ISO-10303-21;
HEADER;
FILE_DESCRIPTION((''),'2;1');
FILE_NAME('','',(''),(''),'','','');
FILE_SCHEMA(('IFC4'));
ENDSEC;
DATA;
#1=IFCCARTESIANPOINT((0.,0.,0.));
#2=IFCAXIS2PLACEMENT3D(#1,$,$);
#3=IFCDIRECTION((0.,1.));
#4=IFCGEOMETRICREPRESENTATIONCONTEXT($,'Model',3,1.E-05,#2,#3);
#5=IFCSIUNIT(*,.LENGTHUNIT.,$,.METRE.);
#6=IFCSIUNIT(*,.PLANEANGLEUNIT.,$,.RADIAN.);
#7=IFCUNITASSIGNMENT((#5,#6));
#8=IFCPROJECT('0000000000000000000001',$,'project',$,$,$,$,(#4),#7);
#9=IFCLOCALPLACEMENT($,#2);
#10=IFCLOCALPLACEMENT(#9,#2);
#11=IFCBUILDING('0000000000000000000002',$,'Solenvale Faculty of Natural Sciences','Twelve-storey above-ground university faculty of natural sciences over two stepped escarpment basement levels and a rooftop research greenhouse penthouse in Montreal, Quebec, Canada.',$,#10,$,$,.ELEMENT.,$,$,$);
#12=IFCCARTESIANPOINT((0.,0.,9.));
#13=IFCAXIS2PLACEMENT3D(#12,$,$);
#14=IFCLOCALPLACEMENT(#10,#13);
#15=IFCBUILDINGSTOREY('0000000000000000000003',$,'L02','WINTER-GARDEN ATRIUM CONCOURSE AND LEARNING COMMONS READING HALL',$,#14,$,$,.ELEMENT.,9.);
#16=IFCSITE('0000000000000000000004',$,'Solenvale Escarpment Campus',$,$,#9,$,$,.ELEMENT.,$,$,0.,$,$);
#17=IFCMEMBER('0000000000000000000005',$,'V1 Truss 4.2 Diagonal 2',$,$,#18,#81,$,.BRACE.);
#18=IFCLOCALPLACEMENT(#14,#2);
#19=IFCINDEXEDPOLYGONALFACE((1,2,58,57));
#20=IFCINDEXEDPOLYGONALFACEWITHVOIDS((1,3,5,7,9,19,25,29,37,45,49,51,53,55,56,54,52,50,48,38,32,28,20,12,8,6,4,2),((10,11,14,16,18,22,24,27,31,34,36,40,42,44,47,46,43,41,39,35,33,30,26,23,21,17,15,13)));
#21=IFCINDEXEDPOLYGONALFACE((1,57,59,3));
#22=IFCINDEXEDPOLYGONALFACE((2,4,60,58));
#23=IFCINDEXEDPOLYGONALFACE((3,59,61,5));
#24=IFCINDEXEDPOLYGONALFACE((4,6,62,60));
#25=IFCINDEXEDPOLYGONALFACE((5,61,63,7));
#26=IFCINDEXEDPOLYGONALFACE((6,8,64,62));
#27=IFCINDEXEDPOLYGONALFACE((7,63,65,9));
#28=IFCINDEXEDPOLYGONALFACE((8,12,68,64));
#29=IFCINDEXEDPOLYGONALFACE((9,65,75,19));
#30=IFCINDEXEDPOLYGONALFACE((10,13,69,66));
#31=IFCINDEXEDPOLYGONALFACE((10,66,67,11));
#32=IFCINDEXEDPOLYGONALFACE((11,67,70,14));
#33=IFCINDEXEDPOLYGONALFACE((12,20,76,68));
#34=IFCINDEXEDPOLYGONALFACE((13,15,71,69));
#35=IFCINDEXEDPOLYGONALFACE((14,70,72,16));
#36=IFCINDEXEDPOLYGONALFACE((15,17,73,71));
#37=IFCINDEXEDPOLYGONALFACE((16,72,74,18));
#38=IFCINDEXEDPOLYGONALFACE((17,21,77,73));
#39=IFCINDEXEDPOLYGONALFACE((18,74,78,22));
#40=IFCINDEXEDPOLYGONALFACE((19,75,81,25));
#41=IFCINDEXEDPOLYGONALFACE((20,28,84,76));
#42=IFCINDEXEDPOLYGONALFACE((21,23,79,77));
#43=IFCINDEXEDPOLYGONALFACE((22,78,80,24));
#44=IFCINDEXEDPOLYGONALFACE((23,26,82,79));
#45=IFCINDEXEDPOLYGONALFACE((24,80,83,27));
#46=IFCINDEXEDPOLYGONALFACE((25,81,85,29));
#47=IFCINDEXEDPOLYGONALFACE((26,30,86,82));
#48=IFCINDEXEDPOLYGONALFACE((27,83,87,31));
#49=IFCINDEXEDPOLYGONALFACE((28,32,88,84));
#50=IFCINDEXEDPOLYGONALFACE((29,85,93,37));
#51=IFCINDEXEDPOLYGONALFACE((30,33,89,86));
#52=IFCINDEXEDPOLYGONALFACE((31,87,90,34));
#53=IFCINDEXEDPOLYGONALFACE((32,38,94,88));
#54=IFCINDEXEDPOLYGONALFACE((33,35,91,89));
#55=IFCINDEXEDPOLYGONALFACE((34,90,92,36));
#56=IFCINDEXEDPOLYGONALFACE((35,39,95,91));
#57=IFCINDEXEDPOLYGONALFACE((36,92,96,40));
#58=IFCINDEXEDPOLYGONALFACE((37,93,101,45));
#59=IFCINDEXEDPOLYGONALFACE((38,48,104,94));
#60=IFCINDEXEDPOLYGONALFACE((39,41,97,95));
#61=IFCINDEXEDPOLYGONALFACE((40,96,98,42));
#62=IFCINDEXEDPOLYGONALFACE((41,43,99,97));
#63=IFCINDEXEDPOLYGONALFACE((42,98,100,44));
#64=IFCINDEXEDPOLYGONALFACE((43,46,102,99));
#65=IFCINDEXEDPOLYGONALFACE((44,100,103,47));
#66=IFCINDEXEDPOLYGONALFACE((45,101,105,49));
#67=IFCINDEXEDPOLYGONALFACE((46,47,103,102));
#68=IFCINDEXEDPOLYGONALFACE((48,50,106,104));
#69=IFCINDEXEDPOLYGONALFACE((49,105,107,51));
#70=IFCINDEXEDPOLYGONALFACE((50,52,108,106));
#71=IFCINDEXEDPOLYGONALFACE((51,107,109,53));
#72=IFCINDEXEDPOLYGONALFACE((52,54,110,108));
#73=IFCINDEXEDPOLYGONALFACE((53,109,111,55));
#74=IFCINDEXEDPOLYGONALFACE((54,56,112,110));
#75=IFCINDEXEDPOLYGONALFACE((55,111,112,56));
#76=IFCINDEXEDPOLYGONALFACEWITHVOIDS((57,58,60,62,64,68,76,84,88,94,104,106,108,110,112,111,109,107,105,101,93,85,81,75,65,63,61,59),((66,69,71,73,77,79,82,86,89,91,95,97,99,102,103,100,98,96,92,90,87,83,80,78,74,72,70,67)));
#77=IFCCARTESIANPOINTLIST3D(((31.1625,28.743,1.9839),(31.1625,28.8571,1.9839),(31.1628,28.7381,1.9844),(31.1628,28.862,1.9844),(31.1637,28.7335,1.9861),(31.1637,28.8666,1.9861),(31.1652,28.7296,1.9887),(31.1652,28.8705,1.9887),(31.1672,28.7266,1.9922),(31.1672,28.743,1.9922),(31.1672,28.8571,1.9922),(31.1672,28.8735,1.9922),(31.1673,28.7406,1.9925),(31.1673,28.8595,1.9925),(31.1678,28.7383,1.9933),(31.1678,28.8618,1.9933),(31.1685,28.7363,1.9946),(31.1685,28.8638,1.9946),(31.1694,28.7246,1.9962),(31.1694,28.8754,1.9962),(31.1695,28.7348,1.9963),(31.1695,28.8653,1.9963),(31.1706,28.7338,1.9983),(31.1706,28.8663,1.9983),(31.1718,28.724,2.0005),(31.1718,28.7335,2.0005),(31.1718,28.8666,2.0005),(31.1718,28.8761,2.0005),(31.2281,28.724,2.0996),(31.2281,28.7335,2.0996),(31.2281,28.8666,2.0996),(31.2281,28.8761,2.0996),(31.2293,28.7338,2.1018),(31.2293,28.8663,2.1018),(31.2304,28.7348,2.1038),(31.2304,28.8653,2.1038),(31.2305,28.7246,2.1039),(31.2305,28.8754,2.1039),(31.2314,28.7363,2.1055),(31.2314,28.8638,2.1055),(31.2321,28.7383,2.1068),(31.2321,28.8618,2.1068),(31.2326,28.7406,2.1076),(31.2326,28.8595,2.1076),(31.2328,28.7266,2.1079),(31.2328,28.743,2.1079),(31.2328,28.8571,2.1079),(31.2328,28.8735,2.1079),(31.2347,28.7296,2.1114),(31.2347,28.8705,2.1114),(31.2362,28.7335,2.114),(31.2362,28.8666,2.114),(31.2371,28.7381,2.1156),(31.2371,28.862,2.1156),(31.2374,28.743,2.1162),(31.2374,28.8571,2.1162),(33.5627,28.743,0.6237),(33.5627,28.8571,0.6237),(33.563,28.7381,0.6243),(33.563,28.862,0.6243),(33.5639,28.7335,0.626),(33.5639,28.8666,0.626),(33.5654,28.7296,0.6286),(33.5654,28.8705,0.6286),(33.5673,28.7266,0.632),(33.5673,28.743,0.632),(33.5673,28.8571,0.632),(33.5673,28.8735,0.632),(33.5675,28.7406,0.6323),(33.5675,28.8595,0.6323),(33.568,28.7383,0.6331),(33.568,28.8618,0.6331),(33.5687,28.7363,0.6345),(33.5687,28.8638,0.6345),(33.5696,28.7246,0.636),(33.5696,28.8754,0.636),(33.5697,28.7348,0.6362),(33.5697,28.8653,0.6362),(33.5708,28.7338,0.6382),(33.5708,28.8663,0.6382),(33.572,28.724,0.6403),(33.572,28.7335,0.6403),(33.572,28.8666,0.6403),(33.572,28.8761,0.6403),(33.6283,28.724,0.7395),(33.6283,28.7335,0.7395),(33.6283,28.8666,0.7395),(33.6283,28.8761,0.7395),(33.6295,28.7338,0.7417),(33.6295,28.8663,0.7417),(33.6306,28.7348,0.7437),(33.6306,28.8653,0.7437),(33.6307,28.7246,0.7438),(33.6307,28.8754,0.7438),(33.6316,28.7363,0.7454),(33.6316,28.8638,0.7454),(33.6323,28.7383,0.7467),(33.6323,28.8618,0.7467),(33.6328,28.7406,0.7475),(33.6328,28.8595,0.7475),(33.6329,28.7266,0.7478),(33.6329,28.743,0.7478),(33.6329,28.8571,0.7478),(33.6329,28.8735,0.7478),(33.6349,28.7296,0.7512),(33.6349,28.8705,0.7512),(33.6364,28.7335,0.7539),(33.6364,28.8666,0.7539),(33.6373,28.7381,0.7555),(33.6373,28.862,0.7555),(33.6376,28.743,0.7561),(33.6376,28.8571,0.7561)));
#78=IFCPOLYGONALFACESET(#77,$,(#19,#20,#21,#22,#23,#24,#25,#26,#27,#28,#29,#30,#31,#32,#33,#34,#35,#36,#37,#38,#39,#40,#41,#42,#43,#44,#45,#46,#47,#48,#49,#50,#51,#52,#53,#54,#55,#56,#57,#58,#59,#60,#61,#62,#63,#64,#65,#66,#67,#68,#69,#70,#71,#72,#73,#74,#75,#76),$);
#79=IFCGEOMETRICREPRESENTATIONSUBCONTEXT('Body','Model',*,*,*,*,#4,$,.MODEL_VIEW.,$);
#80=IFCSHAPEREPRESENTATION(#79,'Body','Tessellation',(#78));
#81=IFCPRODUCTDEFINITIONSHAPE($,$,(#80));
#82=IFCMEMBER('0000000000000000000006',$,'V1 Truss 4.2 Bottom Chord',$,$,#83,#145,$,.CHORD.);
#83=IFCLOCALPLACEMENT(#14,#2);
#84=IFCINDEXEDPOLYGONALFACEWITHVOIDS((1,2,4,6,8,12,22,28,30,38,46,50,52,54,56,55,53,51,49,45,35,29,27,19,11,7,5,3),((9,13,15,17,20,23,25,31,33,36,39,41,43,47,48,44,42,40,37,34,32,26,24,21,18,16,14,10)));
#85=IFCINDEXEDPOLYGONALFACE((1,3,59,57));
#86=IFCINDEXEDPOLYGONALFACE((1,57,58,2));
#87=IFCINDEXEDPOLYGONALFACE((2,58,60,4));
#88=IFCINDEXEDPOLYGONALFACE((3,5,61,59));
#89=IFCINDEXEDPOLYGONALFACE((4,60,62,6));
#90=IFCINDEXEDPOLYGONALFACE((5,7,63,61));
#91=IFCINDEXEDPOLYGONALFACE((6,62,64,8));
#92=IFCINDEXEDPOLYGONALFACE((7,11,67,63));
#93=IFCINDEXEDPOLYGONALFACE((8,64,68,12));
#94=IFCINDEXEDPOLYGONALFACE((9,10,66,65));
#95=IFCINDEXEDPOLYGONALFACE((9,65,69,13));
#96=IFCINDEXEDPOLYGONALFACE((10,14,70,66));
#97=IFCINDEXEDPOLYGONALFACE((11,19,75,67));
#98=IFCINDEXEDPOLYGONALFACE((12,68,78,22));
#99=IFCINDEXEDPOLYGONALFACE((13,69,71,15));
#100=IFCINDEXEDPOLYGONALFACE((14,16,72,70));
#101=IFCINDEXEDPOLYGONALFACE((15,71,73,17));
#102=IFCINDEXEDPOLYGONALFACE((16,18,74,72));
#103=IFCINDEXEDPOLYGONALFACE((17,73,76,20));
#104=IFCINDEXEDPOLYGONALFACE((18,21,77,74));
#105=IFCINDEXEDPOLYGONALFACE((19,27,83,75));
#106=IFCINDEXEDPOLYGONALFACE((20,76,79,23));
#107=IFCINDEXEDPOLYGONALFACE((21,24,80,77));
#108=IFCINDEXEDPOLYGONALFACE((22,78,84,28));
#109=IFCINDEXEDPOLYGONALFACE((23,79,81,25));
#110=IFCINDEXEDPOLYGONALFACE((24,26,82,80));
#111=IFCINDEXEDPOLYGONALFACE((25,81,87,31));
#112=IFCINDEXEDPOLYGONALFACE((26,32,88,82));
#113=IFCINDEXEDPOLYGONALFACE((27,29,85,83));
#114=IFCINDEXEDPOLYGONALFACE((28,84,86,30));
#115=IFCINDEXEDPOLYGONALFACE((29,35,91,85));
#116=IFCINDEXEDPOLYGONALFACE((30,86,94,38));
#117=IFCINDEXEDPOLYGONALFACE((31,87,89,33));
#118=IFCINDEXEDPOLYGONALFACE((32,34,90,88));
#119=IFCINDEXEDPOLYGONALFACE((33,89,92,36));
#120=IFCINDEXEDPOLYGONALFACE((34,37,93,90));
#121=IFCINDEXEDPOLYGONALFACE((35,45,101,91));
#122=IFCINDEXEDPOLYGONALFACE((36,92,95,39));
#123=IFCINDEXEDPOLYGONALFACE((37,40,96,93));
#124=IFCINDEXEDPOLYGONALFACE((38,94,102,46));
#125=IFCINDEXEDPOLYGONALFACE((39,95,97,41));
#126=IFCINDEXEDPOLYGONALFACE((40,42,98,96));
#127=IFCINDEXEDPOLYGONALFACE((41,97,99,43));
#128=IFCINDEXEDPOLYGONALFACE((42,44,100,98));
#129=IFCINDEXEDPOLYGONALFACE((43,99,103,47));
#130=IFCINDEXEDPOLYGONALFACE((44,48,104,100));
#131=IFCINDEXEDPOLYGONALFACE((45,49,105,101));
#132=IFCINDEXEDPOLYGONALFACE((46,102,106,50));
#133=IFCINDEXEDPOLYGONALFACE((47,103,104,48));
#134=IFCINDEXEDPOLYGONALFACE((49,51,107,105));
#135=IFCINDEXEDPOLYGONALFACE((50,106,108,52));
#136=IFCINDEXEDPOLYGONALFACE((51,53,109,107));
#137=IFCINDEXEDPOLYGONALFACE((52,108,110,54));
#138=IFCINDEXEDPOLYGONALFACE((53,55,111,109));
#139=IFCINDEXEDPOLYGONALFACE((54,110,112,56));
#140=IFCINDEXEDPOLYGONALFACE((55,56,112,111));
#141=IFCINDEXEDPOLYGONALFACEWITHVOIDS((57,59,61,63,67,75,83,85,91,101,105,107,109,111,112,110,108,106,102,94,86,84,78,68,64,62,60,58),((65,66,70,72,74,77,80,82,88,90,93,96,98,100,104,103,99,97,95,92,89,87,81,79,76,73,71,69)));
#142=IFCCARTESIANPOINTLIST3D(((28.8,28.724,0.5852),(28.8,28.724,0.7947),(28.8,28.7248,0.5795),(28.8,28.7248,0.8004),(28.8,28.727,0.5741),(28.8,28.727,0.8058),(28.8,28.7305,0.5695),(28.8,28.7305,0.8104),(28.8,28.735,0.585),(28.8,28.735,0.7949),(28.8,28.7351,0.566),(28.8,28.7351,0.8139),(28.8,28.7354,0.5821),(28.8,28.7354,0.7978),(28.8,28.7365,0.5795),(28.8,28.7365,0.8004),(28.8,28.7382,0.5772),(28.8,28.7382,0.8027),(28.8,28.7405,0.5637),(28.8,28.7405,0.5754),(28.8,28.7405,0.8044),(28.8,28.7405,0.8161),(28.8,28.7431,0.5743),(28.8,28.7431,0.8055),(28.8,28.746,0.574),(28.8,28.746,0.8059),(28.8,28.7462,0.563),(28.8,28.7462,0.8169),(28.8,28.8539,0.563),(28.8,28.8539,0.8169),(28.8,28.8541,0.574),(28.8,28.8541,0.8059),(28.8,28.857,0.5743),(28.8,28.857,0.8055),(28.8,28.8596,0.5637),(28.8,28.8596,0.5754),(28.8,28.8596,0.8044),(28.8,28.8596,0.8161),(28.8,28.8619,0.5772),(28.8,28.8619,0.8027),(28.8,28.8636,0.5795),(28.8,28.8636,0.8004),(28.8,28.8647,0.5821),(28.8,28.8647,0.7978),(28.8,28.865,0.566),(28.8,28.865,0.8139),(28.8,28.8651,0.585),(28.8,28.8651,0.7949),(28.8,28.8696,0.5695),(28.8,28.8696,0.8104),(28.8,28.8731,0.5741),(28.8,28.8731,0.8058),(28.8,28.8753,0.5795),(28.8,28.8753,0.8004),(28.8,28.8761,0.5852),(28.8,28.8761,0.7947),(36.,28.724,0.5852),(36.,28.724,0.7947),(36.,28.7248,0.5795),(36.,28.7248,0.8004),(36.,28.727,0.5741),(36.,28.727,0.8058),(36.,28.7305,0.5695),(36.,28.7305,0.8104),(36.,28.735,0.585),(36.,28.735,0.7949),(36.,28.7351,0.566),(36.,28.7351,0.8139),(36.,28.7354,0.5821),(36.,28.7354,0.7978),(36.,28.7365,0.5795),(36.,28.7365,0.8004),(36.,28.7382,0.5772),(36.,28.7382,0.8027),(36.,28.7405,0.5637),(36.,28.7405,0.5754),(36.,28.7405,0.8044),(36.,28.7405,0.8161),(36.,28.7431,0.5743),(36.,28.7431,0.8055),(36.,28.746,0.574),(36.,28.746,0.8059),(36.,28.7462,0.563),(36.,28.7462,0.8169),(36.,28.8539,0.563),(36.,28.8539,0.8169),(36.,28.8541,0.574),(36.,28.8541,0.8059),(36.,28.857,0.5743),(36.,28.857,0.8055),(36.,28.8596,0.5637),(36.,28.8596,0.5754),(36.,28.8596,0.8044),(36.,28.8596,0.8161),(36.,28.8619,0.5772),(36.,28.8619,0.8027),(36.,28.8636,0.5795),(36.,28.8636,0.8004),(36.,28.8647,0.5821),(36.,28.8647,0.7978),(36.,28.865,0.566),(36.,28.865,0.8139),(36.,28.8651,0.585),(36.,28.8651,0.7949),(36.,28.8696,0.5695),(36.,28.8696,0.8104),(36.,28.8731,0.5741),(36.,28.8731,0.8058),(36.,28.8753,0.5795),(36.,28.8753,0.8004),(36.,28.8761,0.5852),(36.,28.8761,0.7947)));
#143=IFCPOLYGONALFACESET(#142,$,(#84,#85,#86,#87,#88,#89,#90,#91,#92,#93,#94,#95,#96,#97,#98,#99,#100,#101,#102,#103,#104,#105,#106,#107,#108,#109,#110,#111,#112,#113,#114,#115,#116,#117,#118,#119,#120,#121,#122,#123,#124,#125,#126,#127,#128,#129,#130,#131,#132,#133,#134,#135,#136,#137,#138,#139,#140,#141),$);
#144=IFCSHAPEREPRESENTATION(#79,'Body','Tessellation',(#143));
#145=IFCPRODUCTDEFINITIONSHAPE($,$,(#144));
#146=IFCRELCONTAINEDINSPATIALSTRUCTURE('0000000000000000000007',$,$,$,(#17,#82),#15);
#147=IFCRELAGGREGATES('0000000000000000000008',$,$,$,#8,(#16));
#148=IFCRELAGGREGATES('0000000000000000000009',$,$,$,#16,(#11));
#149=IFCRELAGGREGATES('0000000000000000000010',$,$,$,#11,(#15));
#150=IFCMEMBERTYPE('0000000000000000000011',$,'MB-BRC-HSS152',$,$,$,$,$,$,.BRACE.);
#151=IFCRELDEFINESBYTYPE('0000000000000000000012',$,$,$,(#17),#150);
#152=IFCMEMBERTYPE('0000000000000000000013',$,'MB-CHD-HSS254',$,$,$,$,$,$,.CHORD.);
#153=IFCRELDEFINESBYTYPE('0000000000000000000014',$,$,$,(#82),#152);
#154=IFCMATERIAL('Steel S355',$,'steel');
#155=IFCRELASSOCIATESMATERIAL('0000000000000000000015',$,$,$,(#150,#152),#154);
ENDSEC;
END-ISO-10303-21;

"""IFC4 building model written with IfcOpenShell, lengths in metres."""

from ifc_helpers import new_model, si_unit, direction, frame, origin, origin_2d, place, context, subcontext, project, spatial, hollow_rectangle, extrude, material, material_profile, profile_set, type_object, element, save


model = new_model("IFC4")

# Units and contexts
model_context = context("Model", 3, precision=1e-05, world=origin(), true_north=direction((0.0, 1.0)))
body_context = subcontext(model_context, "Body", "Model", "MODEL_VIEW")
ifc_project = project(units=[si_unit("LENGTHUNIT", "METRE"), si_unit("PLANEANGLEUNIT", "RADIAN")], contexts=[model_context])

# Site, building, storey
site_placement = place(None, origin())
site = spatial("IfcSite", under=ifc_project, at=site_placement, Name="Solenvale Escarpment Campus", CompositionType="ELEMENT", RefElevation=0.0)
building_placement = place(site_placement, origin())
building = spatial("IfcBuilding", under=site, at=building_placement, Name="Solenvale Faculty of Natural Sciences", Description="Twelve-storey above-ground university faculty of natural sciences over two stepped escarpment basement levels and a rooftop research greenhouse penthouse in Montreal, Quebec, Canada.", CompositionType="ELEMENT")
storey_placement = place(building_placement, frame((0.0, 0.0, 9.0)))
storey = spatial("IfcBuildingStorey", under=building, at=storey_placement, Name="L02", Description="WINTER-GARDEN ATRIUM CONCOURSE AND LEARNING COMMONS READING HALL", CompositionType="ELEMENT", Elevation=9.0)

# Shared definitions
ifc_material_1 = material(Name="Steel S355", Category="steel")

# Members
ifc_material_profile_1 = material_profile(ifc_material_1, hollow_rectangle(XDim=0.1521, YDim=0.1521, WallThickness=0.0095, InnerFilletRadius=0.0095, OuterFilletRadius=0.019, at=origin_2d()), Name="HSS152x152x9.5")
ifc_profile_set_1 = profile_set([ifc_material_profile_1], Name="Steel S355")
member_type_1 = type_object("IfcMemberType", Name="MB-BRC-HSS152", PredefinedType="BRACE", material=ifc_profile_set_1)
member_1_placement = place(storey_placement, frame((31.2, 28.8, 2.05), z_axis=(0.870018, 0.0, -0.493019), x_axis=(0.0, 1.0, 0.0)))
element("IfcMember", 1, at=member_1_placement, inside=storey, type_object=member_type_1, Name="V1 Truss 4.2 Diagonal 2", PredefinedType="BRACE", context=body_context, shape_type="SweptSolid", body=[
    extrude(hollow_rectangle(XDim=0.1521, YDim=0.1521, WallThickness=0.0095, InnerFilletRadius=0.0095, OuterFilletRadius=0.019, at=origin_2d()), origin(), (0.0, 0.0, 1.0), 2.7588),
])
ifc_material_profile_2 = material_profile(ifc_material_1, hollow_rectangle(XDim=0.1521, YDim=0.2539, WallThickness=0.011, InnerFilletRadius=0.011, OuterFilletRadius=0.0222, at=origin_2d()), Name="HSS254x152x11")
ifc_profile_set_2 = profile_set([ifc_material_profile_2], Name="Steel S355")
member_type_2 = type_object("IfcMemberType", Name="MB-CHD-HSS254", PredefinedType="CHORD", material=ifc_profile_set_2)
member_2_placement = place(storey_placement, frame((28.8, 28.8, 0.6899), z_axis=(1.0, 0.0, 0.0), x_axis=(0.0, 1.0, 0.0)))
element("IfcMember", 2, at=member_2_placement, inside=storey, type_object=member_type_2, Name="V1 Truss 4.2 Bottom Chord", PredefinedType="CHORD", context=body_context, shape_type="SweptSolid", body=[
    extrude(hollow_rectangle(XDim=0.1521, YDim=0.2539, WallThickness=0.011, InnerFilletRadius=0.011, OuterFilletRadius=0.0222, at=origin_2d()), origin(), (0.0, 0.0, 1.0), 7.2),
])

save(model, "model.ifc")
